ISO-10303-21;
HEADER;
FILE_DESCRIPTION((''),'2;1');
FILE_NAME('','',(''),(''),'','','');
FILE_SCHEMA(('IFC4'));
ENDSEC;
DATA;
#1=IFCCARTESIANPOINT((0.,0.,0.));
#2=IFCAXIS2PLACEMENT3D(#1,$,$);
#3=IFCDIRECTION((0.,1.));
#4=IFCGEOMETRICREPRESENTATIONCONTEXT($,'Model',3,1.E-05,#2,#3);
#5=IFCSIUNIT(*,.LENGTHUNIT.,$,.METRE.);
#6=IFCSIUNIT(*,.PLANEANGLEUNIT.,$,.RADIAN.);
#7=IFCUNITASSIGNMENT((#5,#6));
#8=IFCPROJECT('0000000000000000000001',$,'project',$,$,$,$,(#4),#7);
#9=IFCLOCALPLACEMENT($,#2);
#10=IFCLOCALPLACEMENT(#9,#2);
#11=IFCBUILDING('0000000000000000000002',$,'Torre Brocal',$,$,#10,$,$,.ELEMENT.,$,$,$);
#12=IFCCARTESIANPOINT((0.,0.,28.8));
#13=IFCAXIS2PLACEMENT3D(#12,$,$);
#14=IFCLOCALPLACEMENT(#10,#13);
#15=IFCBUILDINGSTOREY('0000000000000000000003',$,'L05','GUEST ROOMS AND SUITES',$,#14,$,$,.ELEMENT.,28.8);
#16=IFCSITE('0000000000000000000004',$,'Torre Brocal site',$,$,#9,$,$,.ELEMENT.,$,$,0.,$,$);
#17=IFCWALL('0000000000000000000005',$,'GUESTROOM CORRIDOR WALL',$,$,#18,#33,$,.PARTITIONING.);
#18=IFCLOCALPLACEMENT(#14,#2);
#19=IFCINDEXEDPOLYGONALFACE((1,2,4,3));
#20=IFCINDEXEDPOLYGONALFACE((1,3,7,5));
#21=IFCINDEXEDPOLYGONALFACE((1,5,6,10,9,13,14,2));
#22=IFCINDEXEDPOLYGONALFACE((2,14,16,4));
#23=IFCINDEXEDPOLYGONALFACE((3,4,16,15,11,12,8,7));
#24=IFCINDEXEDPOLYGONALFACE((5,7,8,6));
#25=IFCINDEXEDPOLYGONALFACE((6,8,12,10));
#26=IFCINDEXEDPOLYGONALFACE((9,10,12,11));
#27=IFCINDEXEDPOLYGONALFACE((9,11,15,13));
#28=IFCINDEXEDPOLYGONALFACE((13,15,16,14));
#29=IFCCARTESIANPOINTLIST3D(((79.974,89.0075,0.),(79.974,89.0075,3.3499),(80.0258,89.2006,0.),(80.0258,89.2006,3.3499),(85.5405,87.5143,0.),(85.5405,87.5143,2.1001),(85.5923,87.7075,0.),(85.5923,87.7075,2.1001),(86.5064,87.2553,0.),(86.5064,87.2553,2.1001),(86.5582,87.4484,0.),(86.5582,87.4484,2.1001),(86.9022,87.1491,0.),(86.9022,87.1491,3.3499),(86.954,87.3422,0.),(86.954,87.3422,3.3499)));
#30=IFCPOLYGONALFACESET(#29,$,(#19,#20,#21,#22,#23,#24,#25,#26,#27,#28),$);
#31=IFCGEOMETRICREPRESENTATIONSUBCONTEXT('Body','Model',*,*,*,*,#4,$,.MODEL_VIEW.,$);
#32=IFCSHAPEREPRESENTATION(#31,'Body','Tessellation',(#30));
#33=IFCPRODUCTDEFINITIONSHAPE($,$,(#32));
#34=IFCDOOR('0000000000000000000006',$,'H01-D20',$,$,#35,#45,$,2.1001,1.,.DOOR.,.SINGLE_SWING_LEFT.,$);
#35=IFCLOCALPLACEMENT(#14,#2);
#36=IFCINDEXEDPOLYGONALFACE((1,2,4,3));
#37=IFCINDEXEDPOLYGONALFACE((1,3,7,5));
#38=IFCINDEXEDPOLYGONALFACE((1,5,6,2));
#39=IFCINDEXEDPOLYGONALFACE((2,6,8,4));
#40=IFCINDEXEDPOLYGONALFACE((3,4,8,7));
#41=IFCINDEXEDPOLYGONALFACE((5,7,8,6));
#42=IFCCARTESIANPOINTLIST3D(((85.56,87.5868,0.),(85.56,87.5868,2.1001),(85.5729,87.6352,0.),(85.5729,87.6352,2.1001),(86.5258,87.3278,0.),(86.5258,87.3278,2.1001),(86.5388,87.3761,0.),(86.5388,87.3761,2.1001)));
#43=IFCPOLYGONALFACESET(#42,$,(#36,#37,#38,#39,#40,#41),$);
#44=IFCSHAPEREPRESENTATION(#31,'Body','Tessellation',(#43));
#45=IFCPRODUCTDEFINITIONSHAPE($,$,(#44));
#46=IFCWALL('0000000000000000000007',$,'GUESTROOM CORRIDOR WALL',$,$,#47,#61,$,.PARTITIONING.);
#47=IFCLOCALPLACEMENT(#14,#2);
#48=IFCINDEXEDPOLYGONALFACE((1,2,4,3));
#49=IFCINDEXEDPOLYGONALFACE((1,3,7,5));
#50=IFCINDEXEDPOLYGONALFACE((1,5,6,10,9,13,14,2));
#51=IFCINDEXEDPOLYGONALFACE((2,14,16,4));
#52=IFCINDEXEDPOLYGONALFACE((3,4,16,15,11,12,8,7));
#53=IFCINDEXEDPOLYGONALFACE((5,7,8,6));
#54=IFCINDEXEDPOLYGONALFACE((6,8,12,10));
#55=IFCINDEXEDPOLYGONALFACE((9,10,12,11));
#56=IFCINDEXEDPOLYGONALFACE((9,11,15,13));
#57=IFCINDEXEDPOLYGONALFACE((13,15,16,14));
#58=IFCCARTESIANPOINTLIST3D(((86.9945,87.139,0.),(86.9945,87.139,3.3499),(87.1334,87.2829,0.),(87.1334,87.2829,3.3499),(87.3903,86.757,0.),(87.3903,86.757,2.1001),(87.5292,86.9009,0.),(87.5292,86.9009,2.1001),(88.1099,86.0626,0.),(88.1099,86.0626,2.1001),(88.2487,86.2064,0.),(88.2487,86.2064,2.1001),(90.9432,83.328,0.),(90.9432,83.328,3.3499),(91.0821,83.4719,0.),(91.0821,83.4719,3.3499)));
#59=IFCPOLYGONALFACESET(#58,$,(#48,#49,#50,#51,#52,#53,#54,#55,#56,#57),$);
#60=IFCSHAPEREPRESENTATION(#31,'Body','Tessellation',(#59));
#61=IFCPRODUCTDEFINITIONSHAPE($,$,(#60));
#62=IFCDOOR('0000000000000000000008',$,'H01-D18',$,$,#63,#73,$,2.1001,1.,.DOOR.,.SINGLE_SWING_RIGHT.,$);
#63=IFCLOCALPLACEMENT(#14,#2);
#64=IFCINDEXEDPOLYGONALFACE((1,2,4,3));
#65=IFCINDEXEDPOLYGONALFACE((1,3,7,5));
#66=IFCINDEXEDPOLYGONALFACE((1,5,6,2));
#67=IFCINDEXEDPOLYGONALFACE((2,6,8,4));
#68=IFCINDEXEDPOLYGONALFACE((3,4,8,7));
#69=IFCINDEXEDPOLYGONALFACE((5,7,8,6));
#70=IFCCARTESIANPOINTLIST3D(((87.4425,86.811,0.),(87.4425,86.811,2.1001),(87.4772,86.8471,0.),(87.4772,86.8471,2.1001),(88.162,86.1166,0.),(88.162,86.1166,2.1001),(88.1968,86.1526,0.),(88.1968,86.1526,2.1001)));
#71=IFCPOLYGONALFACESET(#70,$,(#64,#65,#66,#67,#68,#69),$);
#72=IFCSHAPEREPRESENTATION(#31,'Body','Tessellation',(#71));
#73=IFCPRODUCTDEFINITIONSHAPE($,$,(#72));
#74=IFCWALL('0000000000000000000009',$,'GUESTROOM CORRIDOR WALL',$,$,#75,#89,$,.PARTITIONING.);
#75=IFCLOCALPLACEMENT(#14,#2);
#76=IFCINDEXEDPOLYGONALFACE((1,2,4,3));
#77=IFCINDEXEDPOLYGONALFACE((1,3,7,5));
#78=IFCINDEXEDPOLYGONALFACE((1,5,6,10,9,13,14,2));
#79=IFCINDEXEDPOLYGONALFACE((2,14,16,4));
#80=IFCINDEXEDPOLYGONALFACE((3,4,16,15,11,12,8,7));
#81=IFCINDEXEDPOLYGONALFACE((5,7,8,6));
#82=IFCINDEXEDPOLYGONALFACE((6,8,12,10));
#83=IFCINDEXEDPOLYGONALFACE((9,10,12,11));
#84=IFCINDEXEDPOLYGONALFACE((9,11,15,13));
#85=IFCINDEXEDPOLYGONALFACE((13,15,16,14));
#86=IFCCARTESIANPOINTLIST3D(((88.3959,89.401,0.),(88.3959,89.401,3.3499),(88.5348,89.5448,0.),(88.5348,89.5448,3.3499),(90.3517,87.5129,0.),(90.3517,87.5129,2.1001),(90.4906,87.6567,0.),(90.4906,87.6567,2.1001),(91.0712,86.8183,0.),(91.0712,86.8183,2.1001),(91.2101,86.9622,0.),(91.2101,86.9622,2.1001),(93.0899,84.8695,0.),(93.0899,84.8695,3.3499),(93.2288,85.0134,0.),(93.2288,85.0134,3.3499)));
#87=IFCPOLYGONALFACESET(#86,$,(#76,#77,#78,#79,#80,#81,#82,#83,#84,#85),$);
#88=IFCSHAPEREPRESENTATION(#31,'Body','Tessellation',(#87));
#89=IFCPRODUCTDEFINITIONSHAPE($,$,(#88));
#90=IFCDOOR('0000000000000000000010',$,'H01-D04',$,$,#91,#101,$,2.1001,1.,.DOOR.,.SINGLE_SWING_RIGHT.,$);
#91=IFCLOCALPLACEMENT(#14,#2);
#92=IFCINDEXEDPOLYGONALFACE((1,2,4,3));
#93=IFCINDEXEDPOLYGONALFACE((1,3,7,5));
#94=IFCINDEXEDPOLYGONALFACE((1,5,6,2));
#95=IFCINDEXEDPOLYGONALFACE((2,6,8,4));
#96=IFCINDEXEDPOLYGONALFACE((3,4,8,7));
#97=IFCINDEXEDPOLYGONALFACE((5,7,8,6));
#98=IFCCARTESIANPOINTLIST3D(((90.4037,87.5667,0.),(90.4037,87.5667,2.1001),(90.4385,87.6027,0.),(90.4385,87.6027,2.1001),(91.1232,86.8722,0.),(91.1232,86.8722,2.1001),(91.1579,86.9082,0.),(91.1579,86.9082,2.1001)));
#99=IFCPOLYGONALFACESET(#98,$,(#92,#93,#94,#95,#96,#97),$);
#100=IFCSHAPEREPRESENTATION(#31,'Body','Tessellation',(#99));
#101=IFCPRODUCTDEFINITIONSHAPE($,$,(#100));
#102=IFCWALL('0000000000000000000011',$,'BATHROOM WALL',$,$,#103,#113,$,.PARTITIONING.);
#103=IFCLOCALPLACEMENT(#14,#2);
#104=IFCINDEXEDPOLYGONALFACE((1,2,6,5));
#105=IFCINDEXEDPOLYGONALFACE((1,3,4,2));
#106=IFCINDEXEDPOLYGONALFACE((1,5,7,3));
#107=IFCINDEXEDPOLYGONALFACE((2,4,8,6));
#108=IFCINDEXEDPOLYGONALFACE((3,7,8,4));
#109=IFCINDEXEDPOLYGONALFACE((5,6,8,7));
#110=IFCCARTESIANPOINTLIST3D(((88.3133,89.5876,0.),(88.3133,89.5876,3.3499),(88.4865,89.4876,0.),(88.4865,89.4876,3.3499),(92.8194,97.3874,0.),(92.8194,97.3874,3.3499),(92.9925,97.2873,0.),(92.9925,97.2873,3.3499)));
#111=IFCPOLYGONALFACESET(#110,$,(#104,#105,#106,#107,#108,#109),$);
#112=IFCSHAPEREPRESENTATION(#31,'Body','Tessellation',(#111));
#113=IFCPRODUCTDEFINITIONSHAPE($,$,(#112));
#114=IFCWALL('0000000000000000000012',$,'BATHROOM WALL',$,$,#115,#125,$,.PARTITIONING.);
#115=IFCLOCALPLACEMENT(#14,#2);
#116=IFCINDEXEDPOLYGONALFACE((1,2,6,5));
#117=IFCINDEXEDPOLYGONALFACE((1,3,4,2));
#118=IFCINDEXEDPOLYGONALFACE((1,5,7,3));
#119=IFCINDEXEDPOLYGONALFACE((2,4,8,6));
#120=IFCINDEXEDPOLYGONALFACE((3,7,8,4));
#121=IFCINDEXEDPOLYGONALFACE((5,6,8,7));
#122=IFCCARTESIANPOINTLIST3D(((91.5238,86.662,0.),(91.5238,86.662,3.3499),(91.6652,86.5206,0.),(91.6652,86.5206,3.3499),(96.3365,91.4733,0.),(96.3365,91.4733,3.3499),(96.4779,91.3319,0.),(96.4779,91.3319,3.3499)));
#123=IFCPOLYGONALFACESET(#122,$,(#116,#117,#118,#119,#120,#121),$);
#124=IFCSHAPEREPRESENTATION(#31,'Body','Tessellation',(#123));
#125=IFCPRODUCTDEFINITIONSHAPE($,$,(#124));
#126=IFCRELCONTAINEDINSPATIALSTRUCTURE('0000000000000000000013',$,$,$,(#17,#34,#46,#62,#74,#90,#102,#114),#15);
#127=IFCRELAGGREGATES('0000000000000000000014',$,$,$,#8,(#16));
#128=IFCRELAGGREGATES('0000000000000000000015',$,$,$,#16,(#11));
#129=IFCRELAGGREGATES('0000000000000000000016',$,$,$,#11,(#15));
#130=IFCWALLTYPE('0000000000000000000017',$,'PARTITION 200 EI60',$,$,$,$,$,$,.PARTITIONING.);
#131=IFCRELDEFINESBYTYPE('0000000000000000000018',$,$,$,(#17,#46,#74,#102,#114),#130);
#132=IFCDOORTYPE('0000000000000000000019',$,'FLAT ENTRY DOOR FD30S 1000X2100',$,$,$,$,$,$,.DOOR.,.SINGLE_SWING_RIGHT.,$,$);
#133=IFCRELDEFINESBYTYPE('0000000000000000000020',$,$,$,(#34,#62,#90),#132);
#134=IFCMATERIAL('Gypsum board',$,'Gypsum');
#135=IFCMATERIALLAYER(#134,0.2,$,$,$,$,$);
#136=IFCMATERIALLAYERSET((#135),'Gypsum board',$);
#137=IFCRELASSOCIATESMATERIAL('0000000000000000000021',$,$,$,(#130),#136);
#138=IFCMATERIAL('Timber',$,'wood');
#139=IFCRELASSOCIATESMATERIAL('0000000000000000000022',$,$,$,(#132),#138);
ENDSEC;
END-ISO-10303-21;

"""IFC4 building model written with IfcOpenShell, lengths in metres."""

from ifc_helpers import new_model, si_unit, direction, frame, frame_2d, origin, place, context, subcontext, project, spatial, rectangle, extrude, material, layer, layer_set, type_object, element, fill, save


model = new_model("IFC4")

# Units and contexts
model_context = context("Model", 3, precision=1e-05, world=origin(), true_north=direction((0.0, 1.0)))
body_context = subcontext(model_context, "Body", "Model", "MODEL_VIEW")
ifc_project = project(units=[si_unit("LENGTHUNIT", "METRE"), si_unit("PLANEANGLEUNIT", "RADIAN")], contexts=[model_context])

# Site, building, storey
site_placement = place(None, origin())
site = spatial("IfcSite", under=ifc_project, at=site_placement, Name="Torre Brocal site", CompositionType="ELEMENT", RefElevation=0.0)
building_placement = place(site_placement, origin())
building = spatial("IfcBuilding", under=site, at=building_placement, Name="Torre Brocal", CompositionType="ELEMENT")
storey_placement = place(building_placement, frame((0.0, 0.0, 28.8)))
storey = spatial("IfcBuildingStorey", under=building, at=storey_placement, Name="L05", Description="GUEST ROOMS AND SUITES", CompositionType="ELEMENT", Elevation=28.8)

# Walls, openings, doors
ifc_material_1 = material(Name="Gypsum board", Category="Gypsum")
ifc_layer_1 = layer(ifc_material_1, 0.2)
ifc_layer_set_1 = layer_set([ifc_layer_1], Name="Gypsum board")
wall_type_1 = type_object("IfcWallType", Name="PARTITION 200 EI60", PredefinedType="PARTITIONING", material=ifc_layer_set_1)
wall_1_placement = place(storey_placement, frame((80.0, 89.104, 0.0), z_axis=(0.0, 0.0, 1.0), x_axis=(0.965857, -0.259077, 0.0)))
wall_1 = element("IfcWall", 1, at=wall_1_placement, inside=storey, type_object=wall_type_1, Name="GUESTROOM CORRIDOR WALL", PredefinedType="PARTITIONING", context=body_context, shape_type="SweptSolid", body=[
    extrude(rectangle(XDim=7.1731, YDim=0.2, at=frame_2d((3.5864, 0.0))), origin(), (0.0, 0.0, 1.0), 3.3499),
])
opening_1_placement = place(wall_1_placement, frame((5.7632, 0.0, 0.0)))
opening_1 = element("IfcOpeningElement", 2, at=opening_1_placement, cuts=wall_1, PredefinedType="OPENING", context=body_context, shape_type="SweptSolid", body=[
    extrude(rectangle(XDim=1.0, YDim=2.1001, at=frame_2d((0.5, 1.05))), frame((0.0, 0.1099, 0.0), z_axis=(0.0, -1.0, 0.0), x_axis=(1.0, 0.0, 0.0)), (0.0, 0.0, 1.0), 0.22),
])
ifc_material_2 = material(Name="Timber", Category="wood")
door_type_1 = type_object("IfcDoorType", Name="FLAT ENTRY DOOR FD30S 1000X2100", OperationType="SINGLE_SWING_RIGHT", PredefinedType="DOOR", material=ifc_material_2)
door_1_placement = place(opening_1_placement, frame((1.0, 0.0, 0.0), z_axis=(0.0, 0.0, 1.0), x_axis=(-1.0, 0.0, 0.0)))
door_1 = element("IfcDoor", 3, at=door_1_placement, inside=storey, type_object=door_type_1, Name="H01-D20", OperationType="SINGLE_SWING_LEFT", OverallHeight=2.1001, OverallWidth=1.0, PredefinedType="DOOR", context=body_context, shape_type="SweptSolid", body=[
    extrude(rectangle(XDim=1.0, YDim=2.1001, at=frame_2d((0.5, 1.05))), frame((0.0, 0.0249, 0.0), z_axis=(0.0, -1.0, 0.0), x_axis=(1.0, 0.0, 0.0)), (0.0, 0.0, 1.0), 0.05),
])
fill(opening_1, door_1)
wall_2_placement = place(storey_placement, frame((87.064, 87.2109, 0.0), z_axis=(0.0, 0.0, 1.0), x_axis=(0.719541, -0.69445, 0.0)))
wall_2 = element("IfcWall", 4, at=wall_2_placement, inside=storey, type_object=wall_type_1, Name="GUESTROOM CORRIDOR WALL", PredefinedType="PARTITIONING", context=body_context, shape_type="SweptSolid", body=[
    extrude(rectangle(XDim=5.4878, YDim=0.2, at=frame_2d((2.7439, 0.0))), origin(), (0.0, 0.0, 1.0), 3.3499),
])
opening_2_placement = place(wall_2_placement, frame((0.55, 0.0, 0.0)))
opening_2 = element("IfcOpeningElement", 5, at=opening_2_placement, cuts=wall_2, PredefinedType="OPENING", context=body_context, shape_type="SweptSolid", body=[
    extrude(rectangle(XDim=1.0, YDim=2.1001, at=frame_2d((0.5, 1.05))), frame((0.0, 0.1099, 0.0), z_axis=(0.0, -1.0, 0.0), x_axis=(1.0, 0.0, 0.0)), (0.0, 0.0, 1.0), 0.22),
])
door_2_placement = place(opening_2_placement, frame((1.0, 0.0, 0.0), z_axis=(0.0, 0.0, 1.0), x_axis=(-1.0, 0.0, 0.0)))
door_2 = element("IfcDoor", 6, at=door_2_placement, inside=storey, type_object=door_type_1, Name="H01-D18", OperationType="SINGLE_SWING_RIGHT", OverallHeight=2.1001, OverallWidth=1.0, PredefinedType="DOOR", context=body_context, shape_type="SweptSolid", body=[
    extrude(rectangle(XDim=1.0, YDim=2.1001, at=frame_2d((0.5, 1.05))), frame((0.0, 0.0249, 0.0), z_axis=(0.0, -1.0, 0.0), x_axis=(1.0, 0.0, 0.0)), (0.0, 0.0, 1.0), 0.05),
])
fill(opening_2, door_2)
wall_3_placement = place(storey_placement, frame((88.4653, 89.4729, 0.0), z_axis=(0.0, 0.0, 1.0), x_axis=(0.719458, -0.694536, 0.0)))
wall_3 = element("IfcWall", 7, at=wall_3_placement, inside=storey, type_object=wall_type_1, Name="GUESTROOM CORRIDOR WALL", PredefinedType="PARTITIONING", context=body_context, shape_type="SweptSolid", body=[
    extrude(rectangle(XDim=6.5244, YDim=0.2, at=frame_2d((3.2622, 0.0))), origin(), (0.0, 0.0, 1.0), 3.3499),
])
opening_3_placement = place(wall_3_placement, frame((2.7185, 0.0, 0.0)))
opening_3 = element("IfcOpeningElement", 8, at=opening_3_placement, cuts=wall_3, PredefinedType="OPENING", context=body_context, shape_type="SweptSolid", body=[
    extrude(rectangle(XDim=1.0, YDim=2.1001, at=frame_2d((0.5, 1.05))), frame((0.0, 0.1099, 0.0), z_axis=(0.0, -1.0, 0.0), x_axis=(1.0, 0.0, 0.0)), (0.0, 0.0, 1.0), 0.22),
])
door_3_placement = place(opening_3_placement, origin())
door_3 = element("IfcDoor", 9, at=door_3_placement, inside=storey, type_object=door_type_1, Name="H01-D04", OperationType="SINGLE_SWING_RIGHT", OverallHeight=2.1001, OverallWidth=1.0, PredefinedType="DOOR", context=body_context, shape_type="SweptSolid", body=[
    extrude(rectangle(XDim=1.0, YDim=2.1001, at=frame_2d((0.5, 1.05))), frame((0.0, 0.0249, 0.0), z_axis=(0.0, -1.0, 0.0), x_axis=(1.0, 0.0, 0.0)), (0.0, 0.0, 1.0), 0.05),
])
fill(opening_3, door_3)

# Walls
wall_4_placement = place(storey_placement, frame((88.3999, 89.5376, 0.0), z_axis=(0.0, 0.0, 1.0), x_axis=(0.50024, 0.865887, 0.0)))
element("IfcWall", 10, at=wall_4_placement, inside=storey, type_object=wall_type_1, Name="BATHROOM WALL", PredefinedType="PARTITIONING", context=body_context, shape_type="SweptSolid", body=[
    extrude(rectangle(XDim=9.0078, YDim=0.2, at=frame_2d((4.5039, 0.0))), origin(), (0.0, 0.0, 1.0), 3.3499),
])
wall_5_placement = place(storey_placement, frame((91.5945, 86.5913, 0.0), z_axis=(0.0, 0.0, 1.0), x_axis=(0.707214, 0.706999, 0.0)))
element("IfcWall", 11, at=wall_5_placement, inside=storey, type_object=wall_type_1, Name="BATHROOM WALL", PredefinedType="PARTITIONING", context=body_context, shape_type="SweptSolid", body=[
    extrude(rectangle(XDim=6.8052, YDim=0.2, at=frame_2d((3.4026, 0.0))), origin(), (0.0, 0.0, 1.0), 3.3499),
])

save(model, "model.ifc")
